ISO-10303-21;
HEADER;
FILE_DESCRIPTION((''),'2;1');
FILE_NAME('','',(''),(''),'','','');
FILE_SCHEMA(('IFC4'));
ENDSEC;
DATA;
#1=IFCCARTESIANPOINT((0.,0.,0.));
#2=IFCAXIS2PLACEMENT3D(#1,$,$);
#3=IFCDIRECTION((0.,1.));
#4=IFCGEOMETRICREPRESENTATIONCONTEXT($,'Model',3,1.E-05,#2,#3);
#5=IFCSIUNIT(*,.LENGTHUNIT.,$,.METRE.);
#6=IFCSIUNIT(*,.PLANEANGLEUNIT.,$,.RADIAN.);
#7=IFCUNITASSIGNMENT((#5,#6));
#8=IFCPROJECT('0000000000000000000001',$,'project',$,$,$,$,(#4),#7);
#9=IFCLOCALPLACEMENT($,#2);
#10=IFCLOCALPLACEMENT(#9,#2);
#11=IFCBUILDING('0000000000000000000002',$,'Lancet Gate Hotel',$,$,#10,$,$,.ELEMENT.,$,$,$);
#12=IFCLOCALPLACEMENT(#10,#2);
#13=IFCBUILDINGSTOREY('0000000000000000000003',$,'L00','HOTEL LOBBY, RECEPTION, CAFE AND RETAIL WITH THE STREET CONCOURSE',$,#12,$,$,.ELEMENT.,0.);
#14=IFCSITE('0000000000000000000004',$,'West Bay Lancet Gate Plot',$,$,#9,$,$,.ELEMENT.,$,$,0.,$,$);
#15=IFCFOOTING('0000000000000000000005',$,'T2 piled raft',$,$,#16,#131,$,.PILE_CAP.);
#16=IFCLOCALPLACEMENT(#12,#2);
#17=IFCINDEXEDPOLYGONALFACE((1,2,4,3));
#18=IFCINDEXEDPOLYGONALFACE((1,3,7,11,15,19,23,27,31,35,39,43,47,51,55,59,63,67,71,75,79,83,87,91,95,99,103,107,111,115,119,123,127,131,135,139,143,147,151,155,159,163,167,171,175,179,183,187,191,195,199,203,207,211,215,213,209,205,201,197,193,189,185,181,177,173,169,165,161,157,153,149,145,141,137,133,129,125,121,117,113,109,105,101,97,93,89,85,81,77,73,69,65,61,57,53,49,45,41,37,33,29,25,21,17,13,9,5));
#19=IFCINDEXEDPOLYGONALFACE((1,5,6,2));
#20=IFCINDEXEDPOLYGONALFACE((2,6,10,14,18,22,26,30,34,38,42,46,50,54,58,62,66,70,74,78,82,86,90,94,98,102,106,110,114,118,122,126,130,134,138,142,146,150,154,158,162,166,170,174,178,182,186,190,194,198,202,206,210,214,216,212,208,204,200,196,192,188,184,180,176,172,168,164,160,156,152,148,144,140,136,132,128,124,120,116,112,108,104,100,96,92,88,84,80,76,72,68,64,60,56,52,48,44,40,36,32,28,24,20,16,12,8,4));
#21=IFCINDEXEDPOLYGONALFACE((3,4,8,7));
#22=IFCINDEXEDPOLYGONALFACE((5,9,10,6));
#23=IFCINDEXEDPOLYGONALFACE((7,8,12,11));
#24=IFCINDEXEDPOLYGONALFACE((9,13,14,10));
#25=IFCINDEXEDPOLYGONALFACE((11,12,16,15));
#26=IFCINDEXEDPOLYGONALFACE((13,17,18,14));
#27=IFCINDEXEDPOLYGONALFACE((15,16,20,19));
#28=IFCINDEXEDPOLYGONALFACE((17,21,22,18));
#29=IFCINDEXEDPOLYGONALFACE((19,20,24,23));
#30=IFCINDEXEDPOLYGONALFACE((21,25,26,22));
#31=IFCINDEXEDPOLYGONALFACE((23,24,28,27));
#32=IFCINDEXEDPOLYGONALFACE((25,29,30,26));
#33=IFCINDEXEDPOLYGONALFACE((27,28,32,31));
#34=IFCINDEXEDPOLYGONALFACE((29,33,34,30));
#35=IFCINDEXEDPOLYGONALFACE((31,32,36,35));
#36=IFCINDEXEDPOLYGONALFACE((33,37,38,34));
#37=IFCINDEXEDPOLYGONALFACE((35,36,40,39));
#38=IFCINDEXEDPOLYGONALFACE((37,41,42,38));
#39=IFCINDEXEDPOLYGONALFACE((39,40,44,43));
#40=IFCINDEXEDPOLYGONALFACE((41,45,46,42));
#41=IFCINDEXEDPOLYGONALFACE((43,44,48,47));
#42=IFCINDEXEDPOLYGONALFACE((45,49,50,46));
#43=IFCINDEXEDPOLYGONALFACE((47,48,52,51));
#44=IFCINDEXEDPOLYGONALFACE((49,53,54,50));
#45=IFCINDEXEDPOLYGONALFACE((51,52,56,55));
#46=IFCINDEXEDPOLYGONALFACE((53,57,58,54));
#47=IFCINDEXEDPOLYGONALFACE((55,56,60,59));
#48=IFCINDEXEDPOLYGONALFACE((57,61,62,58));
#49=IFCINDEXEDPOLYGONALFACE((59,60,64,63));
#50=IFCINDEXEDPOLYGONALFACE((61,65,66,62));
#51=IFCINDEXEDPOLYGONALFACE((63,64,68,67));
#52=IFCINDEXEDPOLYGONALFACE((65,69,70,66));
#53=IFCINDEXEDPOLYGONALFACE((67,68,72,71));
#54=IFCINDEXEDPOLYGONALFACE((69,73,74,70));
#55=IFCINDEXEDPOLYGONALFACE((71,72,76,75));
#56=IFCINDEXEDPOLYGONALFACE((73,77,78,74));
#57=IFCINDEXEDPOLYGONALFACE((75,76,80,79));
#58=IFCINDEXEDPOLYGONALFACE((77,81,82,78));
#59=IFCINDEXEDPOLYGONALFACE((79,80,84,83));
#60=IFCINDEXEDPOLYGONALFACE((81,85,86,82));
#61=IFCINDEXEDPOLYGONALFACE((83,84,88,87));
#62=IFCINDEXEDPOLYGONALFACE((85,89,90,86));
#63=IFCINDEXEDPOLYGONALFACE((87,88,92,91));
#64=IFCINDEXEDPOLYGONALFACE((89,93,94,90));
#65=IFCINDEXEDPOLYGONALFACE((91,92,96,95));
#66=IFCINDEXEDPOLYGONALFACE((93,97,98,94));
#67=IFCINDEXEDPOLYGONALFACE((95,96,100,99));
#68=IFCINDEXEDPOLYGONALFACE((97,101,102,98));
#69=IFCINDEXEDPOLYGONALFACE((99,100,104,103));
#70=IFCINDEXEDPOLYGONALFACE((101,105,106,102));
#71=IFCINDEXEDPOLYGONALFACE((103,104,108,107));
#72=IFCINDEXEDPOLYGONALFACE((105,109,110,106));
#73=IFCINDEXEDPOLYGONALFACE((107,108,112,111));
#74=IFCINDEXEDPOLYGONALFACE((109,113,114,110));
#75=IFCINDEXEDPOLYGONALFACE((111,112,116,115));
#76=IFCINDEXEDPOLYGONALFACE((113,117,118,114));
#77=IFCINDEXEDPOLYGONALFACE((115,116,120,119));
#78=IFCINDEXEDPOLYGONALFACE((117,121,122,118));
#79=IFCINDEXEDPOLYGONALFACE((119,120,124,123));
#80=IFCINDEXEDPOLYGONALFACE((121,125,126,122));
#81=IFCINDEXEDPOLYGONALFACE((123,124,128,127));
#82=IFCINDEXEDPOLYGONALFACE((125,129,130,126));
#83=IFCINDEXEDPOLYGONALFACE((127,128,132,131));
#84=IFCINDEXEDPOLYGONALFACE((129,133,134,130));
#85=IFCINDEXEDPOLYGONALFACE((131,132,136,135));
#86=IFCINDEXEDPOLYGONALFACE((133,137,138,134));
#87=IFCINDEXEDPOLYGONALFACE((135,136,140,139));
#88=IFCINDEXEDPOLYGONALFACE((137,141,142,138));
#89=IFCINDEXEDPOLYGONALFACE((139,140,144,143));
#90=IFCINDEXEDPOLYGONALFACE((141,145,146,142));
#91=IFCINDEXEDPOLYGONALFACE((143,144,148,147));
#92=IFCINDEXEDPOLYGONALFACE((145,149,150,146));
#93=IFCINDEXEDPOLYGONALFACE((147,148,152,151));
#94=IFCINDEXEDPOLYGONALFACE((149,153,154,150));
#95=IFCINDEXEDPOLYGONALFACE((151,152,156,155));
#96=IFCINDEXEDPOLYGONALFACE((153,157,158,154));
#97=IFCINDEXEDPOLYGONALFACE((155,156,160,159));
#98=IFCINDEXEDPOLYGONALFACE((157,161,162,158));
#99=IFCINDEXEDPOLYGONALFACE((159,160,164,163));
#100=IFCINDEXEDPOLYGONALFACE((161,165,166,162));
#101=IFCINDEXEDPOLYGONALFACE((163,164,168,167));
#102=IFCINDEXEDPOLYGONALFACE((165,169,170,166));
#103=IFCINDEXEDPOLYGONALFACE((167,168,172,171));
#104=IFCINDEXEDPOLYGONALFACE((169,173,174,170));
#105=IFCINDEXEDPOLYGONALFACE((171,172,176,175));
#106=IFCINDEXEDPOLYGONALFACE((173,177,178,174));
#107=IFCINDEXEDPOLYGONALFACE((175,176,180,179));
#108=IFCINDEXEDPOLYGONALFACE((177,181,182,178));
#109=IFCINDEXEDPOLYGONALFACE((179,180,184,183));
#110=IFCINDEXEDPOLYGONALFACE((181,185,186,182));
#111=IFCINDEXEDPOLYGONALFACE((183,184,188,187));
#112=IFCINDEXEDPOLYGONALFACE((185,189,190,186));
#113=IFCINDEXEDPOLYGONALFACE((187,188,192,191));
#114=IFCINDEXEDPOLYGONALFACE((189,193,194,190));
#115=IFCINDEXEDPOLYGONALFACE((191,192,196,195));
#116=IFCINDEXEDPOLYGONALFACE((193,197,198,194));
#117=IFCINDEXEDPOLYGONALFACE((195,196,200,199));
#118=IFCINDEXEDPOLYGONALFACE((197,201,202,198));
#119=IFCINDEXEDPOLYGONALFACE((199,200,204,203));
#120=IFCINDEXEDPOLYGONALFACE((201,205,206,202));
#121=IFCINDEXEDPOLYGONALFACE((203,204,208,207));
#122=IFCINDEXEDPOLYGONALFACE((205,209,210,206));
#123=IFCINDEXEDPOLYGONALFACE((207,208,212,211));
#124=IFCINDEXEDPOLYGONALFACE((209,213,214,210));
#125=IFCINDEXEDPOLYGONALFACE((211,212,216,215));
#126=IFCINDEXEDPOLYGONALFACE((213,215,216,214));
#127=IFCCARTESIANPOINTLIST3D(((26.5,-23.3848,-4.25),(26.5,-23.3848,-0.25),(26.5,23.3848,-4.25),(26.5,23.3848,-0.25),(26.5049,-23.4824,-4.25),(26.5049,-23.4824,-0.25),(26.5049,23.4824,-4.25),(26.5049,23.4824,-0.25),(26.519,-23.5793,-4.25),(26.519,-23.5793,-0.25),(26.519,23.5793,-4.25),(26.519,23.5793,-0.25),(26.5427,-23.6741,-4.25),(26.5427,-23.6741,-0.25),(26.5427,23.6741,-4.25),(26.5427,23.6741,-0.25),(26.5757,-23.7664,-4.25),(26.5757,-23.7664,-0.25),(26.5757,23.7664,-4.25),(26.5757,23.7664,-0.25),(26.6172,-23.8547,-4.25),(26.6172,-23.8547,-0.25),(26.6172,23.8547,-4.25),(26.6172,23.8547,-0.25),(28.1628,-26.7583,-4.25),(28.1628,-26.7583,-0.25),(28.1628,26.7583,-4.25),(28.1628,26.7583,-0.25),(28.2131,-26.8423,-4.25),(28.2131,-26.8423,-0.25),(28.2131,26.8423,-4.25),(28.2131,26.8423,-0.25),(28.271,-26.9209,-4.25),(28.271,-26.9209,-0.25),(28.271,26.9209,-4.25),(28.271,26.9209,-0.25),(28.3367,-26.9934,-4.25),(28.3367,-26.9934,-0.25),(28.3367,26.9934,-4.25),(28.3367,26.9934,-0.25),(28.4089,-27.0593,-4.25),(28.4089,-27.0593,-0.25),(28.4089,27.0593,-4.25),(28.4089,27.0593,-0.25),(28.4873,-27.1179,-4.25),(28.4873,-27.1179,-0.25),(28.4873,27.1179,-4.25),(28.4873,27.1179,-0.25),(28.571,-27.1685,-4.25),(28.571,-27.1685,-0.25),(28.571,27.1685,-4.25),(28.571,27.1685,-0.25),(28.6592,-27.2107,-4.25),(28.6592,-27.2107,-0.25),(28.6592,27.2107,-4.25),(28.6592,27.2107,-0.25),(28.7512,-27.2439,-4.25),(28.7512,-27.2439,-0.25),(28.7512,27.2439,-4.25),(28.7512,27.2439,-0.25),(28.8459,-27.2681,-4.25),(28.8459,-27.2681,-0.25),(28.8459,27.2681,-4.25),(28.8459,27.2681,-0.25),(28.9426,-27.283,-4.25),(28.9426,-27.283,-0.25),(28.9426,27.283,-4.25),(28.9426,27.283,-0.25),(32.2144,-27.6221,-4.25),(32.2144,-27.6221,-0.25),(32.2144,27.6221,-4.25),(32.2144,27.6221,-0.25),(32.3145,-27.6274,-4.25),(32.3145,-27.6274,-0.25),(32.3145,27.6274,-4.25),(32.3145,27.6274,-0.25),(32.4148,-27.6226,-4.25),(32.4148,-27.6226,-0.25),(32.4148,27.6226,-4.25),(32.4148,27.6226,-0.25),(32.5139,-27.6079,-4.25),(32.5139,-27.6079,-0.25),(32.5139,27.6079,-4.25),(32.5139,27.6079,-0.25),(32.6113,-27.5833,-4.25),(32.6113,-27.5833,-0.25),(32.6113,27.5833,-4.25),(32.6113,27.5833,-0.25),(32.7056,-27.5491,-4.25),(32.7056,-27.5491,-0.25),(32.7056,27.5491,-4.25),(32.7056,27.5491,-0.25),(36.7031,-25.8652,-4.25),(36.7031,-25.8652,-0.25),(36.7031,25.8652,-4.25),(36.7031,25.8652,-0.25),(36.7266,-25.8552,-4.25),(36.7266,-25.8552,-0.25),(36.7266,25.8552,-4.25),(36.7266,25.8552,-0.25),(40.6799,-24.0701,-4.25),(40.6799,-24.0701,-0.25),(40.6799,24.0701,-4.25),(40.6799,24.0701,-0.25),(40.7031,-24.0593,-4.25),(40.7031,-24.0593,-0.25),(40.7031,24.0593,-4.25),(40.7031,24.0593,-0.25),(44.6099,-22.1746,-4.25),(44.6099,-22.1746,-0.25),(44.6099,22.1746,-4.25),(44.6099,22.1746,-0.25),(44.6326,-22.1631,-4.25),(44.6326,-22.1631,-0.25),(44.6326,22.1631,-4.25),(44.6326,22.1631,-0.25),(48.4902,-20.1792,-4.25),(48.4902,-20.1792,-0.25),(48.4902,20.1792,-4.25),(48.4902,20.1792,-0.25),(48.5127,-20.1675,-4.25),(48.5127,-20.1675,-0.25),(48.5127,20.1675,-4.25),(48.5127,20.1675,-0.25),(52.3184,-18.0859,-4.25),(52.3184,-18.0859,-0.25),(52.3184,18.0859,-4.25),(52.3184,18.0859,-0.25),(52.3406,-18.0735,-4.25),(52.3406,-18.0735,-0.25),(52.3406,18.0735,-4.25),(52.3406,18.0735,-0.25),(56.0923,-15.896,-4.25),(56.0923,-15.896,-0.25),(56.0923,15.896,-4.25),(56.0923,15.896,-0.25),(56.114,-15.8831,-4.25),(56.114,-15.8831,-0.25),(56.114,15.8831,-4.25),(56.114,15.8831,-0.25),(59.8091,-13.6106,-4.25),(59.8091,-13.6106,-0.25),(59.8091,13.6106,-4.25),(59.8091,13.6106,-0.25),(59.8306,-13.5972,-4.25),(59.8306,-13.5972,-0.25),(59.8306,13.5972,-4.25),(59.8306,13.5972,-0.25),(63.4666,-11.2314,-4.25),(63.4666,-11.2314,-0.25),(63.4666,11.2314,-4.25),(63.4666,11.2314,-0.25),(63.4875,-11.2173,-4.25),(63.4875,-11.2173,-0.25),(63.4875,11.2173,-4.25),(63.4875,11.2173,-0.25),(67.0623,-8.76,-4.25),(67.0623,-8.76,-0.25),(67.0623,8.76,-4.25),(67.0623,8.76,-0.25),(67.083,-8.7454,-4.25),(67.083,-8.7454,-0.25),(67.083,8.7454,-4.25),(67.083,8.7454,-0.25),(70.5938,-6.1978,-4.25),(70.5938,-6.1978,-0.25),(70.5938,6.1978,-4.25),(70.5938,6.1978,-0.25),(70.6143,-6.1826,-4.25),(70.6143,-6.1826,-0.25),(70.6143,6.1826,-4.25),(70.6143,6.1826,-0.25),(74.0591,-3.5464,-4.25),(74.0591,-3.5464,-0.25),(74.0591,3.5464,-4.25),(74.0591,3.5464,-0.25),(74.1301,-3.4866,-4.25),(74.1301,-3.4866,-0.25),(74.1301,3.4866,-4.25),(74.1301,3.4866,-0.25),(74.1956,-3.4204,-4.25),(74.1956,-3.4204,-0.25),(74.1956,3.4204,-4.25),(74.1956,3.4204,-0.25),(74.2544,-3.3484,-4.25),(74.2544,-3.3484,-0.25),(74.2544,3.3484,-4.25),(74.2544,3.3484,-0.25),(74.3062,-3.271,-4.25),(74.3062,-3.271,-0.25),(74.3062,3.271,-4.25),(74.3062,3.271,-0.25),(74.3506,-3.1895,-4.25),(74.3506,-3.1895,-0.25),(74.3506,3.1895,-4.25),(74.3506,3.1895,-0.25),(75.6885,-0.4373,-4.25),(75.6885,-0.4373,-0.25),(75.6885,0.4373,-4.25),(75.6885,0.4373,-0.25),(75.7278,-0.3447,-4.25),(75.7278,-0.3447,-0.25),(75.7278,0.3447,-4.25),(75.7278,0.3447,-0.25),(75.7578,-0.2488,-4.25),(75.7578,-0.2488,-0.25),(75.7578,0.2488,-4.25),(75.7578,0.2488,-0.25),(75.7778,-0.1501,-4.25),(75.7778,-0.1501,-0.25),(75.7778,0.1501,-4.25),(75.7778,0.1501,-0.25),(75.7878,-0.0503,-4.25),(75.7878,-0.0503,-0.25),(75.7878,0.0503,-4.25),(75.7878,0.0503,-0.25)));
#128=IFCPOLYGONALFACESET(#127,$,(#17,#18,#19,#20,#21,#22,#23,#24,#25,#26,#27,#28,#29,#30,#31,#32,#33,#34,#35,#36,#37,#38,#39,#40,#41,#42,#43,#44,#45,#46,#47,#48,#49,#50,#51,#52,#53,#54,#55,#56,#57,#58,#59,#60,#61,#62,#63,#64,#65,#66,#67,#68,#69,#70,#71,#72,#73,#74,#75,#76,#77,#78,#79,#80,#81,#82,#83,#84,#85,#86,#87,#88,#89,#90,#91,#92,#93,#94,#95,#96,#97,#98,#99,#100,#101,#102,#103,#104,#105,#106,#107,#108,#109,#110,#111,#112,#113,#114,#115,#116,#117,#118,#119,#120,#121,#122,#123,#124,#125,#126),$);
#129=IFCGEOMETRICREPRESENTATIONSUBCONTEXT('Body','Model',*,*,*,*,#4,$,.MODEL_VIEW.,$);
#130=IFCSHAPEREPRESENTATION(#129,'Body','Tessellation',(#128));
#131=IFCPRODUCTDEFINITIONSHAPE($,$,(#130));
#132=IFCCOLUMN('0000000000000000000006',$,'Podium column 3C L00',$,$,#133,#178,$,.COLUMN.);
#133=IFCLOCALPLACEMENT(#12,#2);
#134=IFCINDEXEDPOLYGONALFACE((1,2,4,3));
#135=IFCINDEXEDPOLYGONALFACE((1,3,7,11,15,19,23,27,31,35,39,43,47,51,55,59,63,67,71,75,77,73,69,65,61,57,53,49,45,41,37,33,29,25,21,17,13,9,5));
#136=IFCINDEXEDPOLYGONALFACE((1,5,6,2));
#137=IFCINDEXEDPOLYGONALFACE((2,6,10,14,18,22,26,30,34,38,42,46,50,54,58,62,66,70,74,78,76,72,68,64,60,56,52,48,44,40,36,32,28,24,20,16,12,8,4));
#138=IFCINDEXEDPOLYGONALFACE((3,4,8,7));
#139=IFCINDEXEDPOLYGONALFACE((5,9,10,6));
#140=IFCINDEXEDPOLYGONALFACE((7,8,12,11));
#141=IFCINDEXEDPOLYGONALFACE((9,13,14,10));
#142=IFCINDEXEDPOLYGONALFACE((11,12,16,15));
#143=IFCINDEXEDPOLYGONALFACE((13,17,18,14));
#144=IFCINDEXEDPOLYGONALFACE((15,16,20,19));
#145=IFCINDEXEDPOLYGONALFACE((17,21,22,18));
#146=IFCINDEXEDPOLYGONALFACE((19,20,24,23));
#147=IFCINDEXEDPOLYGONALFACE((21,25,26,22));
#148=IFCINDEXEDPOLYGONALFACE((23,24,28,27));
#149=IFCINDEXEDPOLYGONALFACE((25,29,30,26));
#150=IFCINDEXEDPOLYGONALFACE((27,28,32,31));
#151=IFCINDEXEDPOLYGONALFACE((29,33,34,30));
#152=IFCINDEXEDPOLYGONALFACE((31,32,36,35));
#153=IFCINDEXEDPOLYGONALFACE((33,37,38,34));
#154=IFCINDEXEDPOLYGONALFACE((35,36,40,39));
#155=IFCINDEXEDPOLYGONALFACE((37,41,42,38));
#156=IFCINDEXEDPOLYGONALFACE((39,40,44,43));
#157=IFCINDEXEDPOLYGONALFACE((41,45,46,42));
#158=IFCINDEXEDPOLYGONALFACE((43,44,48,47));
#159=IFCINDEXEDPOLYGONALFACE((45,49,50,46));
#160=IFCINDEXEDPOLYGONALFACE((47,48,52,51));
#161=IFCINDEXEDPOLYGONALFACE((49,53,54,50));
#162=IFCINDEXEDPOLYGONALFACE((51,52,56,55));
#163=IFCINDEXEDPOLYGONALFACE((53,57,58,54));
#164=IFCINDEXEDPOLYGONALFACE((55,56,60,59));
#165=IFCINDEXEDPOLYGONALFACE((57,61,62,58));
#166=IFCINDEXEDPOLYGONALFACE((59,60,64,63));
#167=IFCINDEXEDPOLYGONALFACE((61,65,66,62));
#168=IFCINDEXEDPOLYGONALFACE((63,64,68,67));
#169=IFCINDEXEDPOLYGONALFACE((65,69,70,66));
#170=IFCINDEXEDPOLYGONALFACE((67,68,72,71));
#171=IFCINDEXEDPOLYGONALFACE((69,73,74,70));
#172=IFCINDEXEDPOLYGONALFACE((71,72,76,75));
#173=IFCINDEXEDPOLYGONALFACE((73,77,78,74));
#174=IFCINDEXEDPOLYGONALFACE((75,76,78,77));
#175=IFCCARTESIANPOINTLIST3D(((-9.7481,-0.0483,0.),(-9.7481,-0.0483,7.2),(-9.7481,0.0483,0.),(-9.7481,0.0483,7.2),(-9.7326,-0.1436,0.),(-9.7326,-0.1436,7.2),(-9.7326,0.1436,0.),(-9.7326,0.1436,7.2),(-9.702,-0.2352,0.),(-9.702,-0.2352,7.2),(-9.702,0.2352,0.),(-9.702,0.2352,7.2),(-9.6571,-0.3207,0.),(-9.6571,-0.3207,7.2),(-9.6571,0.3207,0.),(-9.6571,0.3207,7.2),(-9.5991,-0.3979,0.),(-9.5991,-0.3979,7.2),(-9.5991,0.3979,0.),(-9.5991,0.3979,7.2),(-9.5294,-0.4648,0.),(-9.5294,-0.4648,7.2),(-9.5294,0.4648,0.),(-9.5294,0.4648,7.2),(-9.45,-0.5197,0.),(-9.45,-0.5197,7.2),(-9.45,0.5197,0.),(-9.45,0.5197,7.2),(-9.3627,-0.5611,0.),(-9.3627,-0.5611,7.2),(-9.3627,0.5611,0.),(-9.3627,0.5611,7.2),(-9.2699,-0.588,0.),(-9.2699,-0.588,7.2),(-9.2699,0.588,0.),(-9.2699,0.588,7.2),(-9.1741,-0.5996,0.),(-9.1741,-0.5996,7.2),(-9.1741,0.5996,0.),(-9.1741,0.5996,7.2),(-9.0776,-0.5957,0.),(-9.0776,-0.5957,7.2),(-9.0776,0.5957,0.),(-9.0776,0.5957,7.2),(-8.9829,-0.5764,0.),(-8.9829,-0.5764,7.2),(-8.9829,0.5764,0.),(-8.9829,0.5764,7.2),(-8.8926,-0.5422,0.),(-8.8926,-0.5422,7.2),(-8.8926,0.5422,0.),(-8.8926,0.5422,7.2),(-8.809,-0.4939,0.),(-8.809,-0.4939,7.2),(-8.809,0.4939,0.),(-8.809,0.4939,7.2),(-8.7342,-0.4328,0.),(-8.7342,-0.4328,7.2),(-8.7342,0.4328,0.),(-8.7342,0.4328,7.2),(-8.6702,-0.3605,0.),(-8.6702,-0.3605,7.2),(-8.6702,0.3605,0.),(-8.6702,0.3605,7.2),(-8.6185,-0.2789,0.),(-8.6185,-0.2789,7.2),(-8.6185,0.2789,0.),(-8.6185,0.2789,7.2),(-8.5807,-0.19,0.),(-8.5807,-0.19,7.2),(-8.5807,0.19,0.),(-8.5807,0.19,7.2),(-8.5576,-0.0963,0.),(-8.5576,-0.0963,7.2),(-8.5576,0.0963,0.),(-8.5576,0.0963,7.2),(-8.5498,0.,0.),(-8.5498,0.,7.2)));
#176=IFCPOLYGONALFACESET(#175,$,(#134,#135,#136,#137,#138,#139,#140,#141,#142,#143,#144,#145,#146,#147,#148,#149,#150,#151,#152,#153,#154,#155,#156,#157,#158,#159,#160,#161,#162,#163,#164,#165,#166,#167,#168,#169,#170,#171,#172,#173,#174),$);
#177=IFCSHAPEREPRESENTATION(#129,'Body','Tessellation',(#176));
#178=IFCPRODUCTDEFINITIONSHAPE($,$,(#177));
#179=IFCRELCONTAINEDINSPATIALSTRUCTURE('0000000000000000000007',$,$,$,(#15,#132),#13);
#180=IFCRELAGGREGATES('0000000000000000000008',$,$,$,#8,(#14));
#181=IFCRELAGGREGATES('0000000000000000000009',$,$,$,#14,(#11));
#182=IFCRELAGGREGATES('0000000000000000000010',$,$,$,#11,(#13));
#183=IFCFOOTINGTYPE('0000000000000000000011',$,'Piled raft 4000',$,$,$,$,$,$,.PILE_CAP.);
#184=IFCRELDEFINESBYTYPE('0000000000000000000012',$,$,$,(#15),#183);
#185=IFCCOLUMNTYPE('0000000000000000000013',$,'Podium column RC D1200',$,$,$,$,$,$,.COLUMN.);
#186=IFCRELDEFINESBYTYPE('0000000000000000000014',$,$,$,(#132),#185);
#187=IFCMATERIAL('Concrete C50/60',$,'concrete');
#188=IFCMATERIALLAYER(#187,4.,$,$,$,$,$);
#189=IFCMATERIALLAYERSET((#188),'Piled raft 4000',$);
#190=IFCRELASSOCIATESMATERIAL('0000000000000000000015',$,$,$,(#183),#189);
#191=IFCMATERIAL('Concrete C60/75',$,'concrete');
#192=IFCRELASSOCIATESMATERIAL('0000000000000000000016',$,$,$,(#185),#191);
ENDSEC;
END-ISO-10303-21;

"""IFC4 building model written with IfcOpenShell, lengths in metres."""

from ifc_helpers import new_model, si_unit, direction, frame, origin, origin_2d, place, context, subcontext, project, spatial, polyline, circle, outline, extrude, material, layer, layer_set, material_profile, profile_set, type_object, element, save


model = new_model("IFC4")

# Units and contexts
model_context = context("Model", 3, precision=1e-05, world=origin(), true_north=direction((0.0, 1.0)))
body_context = subcontext(model_context, "Body", "Model", "MODEL_VIEW")
ifc_project = project(units=[si_unit("LENGTHUNIT", "METRE"), si_unit("PLANEANGLEUNIT", "RADIAN")], contexts=[model_context])

# Site, building, storey
site_placement = place(None, origin())
site = spatial("IfcSite", under=ifc_project, at=site_placement, Name="West Bay Lancet Gate Plot", CompositionType="ELEMENT", RefElevation=0.0)
building_placement = place(site_placement, origin())
building = spatial("IfcBuilding", under=site, at=building_placement, Name="Lancet Gate Hotel", CompositionType="ELEMENT")
storey_placement = place(building_placement, origin())
storey = spatial("IfcBuildingStorey", under=building, at=storey_placement, Name="L00", Description="HOTEL LOBBY, RECEPTION, CAFE AND RETAIL WITH THE STREET CONCOURSE", CompositionType="ELEMENT", Elevation=0.0)

# Footing
ifc_material_1 = material(Name="Concrete C50/60", Category="concrete")
ifc_layer_1 = layer(ifc_material_1, 4.0)
ifc_layer_set_1 = layer_set([ifc_layer_1], Name="Piled raft 4000")
footing_type_1 = type_object("IfcFootingType", Name="Piled raft 4000", PredefinedType="PILE_CAP", material=ifc_layer_set_1)
footing_1_placement = place(storey_placement, frame((0.0, 0.0, -4.25)))
element("IfcFooting", 1, at=footing_1_placement, inside=storey, type_object=footing_type_1, Name="T2 piled raft", PredefinedType="PILE_CAP", context=body_context, shape_type="SweptSolid", body=[
    extrude(outline(polyline([(26.5049, -23.4824), (26.519, -23.5793), (26.5427, -23.6741), (26.5757, -23.7664), (26.6172, -23.8547), (28.1628, -26.7583), (28.2131, -26.8423), (28.271, -26.9209), (28.3367, -26.9934), (28.4089, -27.0593), (28.4873, -27.1179), (28.571, -27.1685), (28.6592, -27.2107), (28.7512, -27.2439), (28.8459, -27.2681), (28.9426, -27.283), (32.2144, -27.6221), (32.3145, -27.6274), (32.4148, -27.6226), (32.5139, -27.6079), (32.6113, -27.5833), (32.7056, -27.5491), (36.7031, -25.8652), (36.7266, -25.8552), (40.6799, -24.0701), (40.7031, -24.0593), (44.6099, -22.1746), (44.6326, -22.1631), (48.4902, -20.1792), (48.5127, -20.1675), (52.3184, -18.0859), (52.3406, -18.0735), (56.0923, -15.896), (56.114, -15.8831), (59.8091, -13.6106), (59.8306, -13.5972), (63.4666, -11.2314), (63.4875, -11.2173), (67.0623, -8.76), (67.083, -8.7454), (70.5938, -6.1978), (70.6143, -6.1826), (74.0591, -3.5464), (74.1301, -3.4866), (74.1956, -3.4204), (74.2544, -3.3484), (74.3062, -3.271), (74.3506, -3.1895), (75.6885, -0.4373), (75.7278, -0.3447), (75.7578, -0.2488), (75.7778, -0.1501), (75.7878, -0.0503), (75.7878, 0.0503), (75.7778, 0.1501), (75.7578, 0.2488), (75.7278, 0.3447), (75.6885, 0.4373), (74.3506, 3.1895), (74.3062, 3.271), (74.2544, 3.3484), (74.1956, 3.4204), (74.1301, 3.4866), (74.0591, 3.5464), (70.6143, 6.1826), (70.5938, 6.1978), (67.083, 8.7454), (67.0623, 8.76), (63.4875, 11.2173), (63.4666, 11.2314), (59.8306, 13.5972), (59.8091, 13.6106), (56.114, 15.8831), (56.0923, 15.896), (52.3406, 18.0735), (52.3184, 18.0859), (48.5127, 20.1675), (48.4902, 20.1792), (44.6326, 22.1631), (44.6099, 22.1746), (40.7031, 24.0593), (40.6799, 24.0701), (36.7266, 25.8552), (36.7031, 25.8652), (32.7056, 27.5491), (32.6113, 27.5833), (32.5139, 27.6079), (32.4148, 27.6226), (32.3145, 27.6274), (32.2144, 27.6221), (28.9426, 27.283), (28.8459, 27.2681), (28.7512, 27.2439), (28.6592, 27.2107), (28.571, 27.1685), (28.4873, 27.1179), (28.4089, 27.0593), (28.3367, 26.9934), (28.271, 26.9209), (28.2131, 26.8423), (28.1628, 26.7583), (26.6172, 23.8547), (26.5757, 23.7664), (26.5427, 23.6741), (26.519, 23.5793), (26.5049, 23.4824), (26.5, 23.3848), (26.5, -23.3848), (26.5049, -23.4824)])), origin(), (0.0, 0.0, 1.0), 4.0),
])

# Column
ifc_material_2 = material(Name="Concrete C60/75", Category="concrete")
ifc_material_profile_1 = material_profile(ifc_material_2, circle(Radius=0.6001, at=origin_2d()), Name="RC D1200")
ifc_profile_set_1 = profile_set([ifc_material_profile_1], Name="Concrete C60/75")
column_type = type_object("IfcColumnType", Name="Podium column RC D1200", PredefinedType="COLUMN", material=ifc_profile_set_1)
for number, where, z_axis, x_axis, name in (
    (2, (-9.1499, 0.0, 0.0), (0.0, 0.0, 1.0), (1.0, 0.0, 0.0), "Podium column 3C L00"),
):
    element("IfcColumn", number, at=place(storey_placement, frame(where, z_axis=z_axis, x_axis=x_axis)), inside=storey, type_object=column_type, Name=name, PredefinedType="COLUMN", context=body_context, shape_type="SweptSolid", body=[
        extrude(circle(Radius=0.6001, at=origin_2d()), origin(), (0.0, 0.0, 1.0), 7.2),
    ])

save(model, "model.ifc")
